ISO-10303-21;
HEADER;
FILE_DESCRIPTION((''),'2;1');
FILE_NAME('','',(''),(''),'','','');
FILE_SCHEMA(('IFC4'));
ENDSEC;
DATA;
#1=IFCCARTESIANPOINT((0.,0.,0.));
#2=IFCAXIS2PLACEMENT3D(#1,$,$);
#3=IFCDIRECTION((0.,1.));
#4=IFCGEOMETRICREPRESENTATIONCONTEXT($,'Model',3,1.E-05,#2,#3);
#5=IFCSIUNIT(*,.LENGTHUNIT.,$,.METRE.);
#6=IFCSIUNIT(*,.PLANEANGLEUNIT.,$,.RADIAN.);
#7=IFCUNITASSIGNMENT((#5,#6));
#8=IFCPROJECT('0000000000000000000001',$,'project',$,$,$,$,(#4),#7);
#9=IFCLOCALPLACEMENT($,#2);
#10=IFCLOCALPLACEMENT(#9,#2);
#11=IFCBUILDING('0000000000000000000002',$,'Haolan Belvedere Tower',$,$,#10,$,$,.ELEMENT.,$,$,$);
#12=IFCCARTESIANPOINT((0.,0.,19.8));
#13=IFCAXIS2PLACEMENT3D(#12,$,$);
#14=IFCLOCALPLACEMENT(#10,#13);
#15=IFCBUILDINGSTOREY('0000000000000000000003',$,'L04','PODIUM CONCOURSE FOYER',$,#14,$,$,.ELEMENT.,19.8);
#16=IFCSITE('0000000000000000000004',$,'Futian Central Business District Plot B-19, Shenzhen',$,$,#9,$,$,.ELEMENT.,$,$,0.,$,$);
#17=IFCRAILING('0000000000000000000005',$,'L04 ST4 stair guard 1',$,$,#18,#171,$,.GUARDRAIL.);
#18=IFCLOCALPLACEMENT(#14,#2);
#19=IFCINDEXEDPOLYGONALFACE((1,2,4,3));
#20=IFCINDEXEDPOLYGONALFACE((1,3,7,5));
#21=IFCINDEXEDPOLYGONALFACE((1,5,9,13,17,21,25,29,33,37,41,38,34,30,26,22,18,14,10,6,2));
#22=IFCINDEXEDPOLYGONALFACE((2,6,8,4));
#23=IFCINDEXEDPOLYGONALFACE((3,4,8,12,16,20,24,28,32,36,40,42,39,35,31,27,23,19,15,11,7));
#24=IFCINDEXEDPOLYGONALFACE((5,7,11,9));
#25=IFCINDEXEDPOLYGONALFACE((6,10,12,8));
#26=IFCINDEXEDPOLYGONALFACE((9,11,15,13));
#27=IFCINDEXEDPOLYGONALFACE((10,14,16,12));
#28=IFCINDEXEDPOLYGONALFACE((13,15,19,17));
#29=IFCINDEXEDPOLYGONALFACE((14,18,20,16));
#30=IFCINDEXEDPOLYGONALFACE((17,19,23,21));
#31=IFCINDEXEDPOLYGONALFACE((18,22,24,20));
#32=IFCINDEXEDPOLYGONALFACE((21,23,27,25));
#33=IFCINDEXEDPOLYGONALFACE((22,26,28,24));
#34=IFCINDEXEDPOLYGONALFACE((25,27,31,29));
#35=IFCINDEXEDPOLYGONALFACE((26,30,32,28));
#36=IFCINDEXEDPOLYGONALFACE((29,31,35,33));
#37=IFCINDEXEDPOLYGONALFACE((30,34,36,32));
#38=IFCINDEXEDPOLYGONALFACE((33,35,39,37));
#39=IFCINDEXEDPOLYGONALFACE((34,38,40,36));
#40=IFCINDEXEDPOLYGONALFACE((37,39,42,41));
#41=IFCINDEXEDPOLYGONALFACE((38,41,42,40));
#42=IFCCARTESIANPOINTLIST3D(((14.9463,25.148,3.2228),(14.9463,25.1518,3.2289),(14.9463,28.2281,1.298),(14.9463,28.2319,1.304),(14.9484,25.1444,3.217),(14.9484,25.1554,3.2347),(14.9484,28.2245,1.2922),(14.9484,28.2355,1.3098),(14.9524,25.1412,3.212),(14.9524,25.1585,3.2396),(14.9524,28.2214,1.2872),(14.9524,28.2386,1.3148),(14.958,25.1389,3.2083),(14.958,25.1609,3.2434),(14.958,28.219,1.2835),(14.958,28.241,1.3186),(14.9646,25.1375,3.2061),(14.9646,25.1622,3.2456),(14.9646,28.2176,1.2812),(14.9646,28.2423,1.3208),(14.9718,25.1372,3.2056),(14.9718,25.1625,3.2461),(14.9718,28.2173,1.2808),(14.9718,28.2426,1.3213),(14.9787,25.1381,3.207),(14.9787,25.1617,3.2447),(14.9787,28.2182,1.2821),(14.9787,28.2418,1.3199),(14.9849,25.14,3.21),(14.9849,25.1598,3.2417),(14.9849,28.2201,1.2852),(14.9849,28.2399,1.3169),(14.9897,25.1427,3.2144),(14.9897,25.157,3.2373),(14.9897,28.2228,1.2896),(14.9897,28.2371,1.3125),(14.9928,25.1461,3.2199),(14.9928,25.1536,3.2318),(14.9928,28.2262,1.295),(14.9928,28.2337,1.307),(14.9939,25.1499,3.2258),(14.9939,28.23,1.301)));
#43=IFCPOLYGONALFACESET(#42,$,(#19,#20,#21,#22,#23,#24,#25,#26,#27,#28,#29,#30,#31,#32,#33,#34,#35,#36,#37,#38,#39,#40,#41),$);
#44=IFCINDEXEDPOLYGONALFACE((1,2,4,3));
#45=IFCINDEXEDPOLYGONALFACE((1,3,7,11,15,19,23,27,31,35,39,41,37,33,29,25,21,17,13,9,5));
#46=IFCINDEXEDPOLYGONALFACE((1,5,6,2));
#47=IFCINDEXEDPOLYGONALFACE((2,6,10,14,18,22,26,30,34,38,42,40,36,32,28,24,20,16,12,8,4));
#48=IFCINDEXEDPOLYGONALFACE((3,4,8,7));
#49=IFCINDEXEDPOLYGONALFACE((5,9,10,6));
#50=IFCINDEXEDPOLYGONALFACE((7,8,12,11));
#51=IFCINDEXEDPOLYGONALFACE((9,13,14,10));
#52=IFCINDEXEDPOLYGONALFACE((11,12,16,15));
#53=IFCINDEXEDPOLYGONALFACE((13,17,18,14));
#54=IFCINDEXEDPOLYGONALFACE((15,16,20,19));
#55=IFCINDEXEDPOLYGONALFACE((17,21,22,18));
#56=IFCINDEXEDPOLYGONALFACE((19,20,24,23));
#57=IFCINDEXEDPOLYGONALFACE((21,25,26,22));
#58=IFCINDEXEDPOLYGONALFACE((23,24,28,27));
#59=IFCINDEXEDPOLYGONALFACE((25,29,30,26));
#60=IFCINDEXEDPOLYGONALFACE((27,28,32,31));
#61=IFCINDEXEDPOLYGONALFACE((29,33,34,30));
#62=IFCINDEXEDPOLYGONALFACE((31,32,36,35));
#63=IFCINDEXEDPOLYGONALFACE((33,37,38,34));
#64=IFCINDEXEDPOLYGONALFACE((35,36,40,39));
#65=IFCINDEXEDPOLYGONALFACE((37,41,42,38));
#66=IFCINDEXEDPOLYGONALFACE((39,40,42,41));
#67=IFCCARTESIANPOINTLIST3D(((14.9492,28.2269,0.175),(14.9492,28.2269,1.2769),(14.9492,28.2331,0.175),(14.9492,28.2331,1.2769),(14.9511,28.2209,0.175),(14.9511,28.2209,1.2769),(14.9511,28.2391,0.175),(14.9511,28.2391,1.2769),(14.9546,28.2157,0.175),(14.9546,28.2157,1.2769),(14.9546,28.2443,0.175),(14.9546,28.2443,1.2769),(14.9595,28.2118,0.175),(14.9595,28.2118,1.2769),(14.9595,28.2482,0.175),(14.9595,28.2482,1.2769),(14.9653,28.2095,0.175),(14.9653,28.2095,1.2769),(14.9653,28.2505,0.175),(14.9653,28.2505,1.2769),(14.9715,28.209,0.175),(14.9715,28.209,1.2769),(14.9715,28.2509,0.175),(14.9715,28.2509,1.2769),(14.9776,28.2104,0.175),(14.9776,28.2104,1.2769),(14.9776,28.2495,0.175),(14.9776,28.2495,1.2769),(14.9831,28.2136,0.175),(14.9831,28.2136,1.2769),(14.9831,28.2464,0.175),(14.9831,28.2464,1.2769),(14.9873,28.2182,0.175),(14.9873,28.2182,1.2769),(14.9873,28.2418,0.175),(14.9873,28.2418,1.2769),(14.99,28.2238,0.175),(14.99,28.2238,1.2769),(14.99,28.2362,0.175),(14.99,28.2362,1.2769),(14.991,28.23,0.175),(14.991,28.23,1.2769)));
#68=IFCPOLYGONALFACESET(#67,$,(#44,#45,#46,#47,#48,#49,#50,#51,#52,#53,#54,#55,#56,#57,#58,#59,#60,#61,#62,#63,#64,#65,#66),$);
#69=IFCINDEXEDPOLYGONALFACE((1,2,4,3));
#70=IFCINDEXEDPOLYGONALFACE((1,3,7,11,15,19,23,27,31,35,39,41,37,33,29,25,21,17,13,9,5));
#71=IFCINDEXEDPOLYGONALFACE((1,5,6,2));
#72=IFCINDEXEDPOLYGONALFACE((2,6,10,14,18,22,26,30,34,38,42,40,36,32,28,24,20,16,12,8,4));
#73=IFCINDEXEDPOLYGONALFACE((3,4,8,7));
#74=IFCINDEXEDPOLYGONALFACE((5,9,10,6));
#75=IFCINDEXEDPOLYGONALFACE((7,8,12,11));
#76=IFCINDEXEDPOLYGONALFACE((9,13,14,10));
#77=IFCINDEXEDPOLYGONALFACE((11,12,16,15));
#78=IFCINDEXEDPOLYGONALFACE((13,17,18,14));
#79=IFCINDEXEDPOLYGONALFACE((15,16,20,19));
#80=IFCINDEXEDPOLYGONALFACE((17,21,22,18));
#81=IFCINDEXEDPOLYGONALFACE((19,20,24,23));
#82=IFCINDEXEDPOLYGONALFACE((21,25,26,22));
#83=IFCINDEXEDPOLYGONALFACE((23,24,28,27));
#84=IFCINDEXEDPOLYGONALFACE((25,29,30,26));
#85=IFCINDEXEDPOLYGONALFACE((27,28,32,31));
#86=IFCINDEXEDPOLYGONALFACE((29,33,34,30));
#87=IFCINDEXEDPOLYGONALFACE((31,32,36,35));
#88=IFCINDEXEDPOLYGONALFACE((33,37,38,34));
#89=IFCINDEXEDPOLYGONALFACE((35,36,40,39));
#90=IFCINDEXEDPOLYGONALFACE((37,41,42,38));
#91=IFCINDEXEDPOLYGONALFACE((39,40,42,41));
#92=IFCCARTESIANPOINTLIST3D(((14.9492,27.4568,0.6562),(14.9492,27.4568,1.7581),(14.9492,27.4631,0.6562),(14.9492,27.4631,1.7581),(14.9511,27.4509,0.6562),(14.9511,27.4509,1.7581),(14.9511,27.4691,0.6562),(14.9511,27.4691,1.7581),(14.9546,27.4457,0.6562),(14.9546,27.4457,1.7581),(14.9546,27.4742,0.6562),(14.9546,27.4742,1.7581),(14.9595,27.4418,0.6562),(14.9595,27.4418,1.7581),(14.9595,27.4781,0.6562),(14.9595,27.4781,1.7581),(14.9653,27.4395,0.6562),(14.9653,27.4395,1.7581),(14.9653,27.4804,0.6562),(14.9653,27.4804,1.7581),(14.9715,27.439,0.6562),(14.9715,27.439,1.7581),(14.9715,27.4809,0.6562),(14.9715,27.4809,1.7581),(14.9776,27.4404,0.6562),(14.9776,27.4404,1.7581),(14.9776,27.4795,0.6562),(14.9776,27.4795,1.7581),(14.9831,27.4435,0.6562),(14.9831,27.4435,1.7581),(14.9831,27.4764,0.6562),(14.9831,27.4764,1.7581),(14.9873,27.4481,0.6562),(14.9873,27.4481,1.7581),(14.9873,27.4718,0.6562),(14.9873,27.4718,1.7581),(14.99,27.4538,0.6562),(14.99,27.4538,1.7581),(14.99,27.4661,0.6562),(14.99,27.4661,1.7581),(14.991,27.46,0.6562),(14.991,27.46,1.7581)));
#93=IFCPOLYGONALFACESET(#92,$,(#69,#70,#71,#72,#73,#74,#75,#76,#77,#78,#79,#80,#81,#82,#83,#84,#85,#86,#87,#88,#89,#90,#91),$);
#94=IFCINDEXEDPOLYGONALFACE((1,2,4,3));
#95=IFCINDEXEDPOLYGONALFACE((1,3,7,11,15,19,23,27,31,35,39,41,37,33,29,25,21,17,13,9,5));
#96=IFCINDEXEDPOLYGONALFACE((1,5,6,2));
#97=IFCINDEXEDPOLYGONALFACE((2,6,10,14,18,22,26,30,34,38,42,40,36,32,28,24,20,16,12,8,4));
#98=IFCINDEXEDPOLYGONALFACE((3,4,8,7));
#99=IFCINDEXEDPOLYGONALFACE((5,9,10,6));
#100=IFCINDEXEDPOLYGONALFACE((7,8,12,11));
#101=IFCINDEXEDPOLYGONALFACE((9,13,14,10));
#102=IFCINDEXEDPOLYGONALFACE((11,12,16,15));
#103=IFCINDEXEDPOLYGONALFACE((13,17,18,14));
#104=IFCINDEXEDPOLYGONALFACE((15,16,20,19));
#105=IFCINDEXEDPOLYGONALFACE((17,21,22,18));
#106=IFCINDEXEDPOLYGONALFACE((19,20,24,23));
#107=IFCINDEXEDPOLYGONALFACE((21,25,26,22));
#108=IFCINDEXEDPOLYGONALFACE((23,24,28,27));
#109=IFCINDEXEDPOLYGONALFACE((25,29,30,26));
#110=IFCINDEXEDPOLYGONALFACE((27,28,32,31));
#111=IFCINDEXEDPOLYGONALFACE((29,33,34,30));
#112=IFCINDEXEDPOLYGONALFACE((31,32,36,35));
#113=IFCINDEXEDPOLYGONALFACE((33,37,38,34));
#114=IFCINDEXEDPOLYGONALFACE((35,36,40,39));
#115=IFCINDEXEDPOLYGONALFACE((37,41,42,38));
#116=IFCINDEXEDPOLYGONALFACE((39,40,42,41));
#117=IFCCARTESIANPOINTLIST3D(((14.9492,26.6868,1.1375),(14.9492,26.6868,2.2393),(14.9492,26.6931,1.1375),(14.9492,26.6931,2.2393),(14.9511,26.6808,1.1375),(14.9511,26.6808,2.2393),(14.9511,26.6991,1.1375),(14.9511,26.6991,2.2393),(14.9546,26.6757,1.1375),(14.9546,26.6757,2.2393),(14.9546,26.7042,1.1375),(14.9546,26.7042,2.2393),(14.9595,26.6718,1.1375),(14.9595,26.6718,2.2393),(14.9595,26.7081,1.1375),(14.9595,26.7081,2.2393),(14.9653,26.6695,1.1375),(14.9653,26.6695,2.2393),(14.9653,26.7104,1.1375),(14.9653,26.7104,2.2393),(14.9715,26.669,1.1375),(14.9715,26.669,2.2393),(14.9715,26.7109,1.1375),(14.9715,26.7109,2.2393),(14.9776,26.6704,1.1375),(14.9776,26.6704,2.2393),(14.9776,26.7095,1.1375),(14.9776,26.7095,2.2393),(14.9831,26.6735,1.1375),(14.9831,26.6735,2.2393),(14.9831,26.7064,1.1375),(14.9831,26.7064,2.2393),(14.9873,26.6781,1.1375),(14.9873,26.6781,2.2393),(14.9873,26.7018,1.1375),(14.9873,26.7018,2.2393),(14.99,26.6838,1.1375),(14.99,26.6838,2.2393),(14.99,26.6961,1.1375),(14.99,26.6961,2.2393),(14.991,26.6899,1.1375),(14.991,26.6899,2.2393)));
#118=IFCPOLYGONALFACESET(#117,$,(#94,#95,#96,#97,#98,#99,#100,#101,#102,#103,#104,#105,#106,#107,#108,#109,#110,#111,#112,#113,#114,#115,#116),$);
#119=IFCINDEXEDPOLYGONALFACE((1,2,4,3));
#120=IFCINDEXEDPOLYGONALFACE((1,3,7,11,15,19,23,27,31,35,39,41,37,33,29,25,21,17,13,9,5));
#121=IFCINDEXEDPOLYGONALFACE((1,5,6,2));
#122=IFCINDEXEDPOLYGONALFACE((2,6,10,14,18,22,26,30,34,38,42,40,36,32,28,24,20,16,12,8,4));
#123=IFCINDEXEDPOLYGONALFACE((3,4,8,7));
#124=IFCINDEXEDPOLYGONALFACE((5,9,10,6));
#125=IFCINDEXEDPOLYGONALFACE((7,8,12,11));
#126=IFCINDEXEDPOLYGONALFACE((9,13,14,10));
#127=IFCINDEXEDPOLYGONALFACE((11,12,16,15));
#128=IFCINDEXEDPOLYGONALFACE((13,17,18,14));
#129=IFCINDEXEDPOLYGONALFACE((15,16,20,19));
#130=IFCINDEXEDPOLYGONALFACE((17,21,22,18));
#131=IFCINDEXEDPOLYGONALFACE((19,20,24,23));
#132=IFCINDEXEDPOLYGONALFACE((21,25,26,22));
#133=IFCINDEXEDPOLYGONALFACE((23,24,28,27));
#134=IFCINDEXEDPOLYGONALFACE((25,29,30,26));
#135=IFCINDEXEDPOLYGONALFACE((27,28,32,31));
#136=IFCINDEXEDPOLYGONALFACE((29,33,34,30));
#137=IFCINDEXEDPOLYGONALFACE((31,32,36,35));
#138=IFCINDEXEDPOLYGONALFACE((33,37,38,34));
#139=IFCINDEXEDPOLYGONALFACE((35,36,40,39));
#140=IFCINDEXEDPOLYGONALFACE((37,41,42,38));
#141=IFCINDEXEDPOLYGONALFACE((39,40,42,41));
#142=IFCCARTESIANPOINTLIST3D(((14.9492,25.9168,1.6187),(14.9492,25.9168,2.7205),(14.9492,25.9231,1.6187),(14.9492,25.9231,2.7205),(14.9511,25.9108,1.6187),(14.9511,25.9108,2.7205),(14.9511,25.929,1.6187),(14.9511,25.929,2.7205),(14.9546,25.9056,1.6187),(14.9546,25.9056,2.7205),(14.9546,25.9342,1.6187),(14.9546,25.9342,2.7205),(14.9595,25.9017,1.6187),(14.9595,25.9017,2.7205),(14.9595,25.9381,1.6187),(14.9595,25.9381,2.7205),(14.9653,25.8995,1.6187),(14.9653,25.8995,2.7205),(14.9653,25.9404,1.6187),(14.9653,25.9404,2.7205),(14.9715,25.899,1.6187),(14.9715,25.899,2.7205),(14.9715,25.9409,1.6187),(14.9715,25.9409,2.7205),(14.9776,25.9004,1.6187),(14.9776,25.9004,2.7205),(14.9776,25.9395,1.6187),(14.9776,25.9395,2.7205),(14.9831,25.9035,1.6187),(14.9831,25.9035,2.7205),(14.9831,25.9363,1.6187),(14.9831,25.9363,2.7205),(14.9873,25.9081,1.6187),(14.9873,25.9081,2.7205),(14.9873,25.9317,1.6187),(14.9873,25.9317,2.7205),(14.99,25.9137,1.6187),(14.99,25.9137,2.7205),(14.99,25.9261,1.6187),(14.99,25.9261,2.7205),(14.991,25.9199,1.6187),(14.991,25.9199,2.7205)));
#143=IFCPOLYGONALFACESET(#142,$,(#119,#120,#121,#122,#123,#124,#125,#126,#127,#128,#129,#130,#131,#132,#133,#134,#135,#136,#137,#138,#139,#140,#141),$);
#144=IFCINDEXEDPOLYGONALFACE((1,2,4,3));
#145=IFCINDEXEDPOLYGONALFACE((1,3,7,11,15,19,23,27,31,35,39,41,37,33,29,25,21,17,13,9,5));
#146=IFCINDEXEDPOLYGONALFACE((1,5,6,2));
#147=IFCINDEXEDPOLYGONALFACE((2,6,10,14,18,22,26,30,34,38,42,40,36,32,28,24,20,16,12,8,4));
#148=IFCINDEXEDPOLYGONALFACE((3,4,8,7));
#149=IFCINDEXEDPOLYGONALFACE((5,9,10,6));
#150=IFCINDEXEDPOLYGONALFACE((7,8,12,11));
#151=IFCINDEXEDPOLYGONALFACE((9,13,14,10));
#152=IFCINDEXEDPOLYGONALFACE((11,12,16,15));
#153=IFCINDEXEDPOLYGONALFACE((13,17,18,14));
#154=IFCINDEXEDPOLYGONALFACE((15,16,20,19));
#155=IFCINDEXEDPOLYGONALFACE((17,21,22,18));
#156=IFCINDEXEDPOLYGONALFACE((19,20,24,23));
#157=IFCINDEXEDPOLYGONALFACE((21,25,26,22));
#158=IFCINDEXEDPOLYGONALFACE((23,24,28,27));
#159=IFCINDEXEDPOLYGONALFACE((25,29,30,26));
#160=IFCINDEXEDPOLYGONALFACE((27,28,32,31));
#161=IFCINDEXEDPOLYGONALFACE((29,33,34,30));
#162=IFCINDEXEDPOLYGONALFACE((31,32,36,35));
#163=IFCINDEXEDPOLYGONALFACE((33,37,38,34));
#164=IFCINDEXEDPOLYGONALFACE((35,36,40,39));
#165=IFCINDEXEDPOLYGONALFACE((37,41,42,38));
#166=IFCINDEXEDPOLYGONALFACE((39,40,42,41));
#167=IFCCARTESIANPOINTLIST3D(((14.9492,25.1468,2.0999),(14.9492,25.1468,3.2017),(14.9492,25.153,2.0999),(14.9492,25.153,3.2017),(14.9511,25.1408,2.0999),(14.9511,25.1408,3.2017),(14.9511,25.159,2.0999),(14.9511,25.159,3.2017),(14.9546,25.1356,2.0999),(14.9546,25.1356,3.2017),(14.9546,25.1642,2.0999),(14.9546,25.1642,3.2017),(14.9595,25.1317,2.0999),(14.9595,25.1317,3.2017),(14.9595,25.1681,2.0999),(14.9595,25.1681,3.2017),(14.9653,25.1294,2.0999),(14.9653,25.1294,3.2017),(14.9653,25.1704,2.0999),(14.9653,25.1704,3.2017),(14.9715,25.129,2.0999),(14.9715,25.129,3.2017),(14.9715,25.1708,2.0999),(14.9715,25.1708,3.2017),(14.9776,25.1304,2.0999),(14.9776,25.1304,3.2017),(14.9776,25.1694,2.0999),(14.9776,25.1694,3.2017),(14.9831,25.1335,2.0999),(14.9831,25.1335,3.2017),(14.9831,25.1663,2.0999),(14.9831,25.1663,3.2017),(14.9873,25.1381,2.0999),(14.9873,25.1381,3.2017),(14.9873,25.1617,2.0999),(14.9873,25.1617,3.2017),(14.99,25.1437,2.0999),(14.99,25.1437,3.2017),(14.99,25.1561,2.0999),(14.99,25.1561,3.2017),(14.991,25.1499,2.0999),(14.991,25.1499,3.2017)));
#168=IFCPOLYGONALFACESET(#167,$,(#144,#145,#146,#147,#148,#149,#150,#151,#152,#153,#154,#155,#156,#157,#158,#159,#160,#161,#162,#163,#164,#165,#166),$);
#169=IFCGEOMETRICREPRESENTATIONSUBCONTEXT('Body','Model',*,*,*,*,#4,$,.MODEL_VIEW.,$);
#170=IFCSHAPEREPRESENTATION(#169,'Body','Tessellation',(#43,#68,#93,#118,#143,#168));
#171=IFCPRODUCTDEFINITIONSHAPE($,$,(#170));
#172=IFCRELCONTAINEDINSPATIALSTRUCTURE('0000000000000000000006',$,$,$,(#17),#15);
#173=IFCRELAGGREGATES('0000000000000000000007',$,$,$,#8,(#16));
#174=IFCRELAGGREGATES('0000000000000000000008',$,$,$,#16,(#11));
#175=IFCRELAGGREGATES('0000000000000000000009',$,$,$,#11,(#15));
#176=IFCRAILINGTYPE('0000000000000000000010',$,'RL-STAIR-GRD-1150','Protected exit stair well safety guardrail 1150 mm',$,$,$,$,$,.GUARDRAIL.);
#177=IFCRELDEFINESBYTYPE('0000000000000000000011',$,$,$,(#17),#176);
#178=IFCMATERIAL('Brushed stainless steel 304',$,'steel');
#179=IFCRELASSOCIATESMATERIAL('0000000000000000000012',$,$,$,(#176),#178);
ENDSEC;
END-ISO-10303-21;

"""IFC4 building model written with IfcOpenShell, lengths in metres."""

from ifc_helpers import new_model, si_unit, direction, frame, origin, origin_2d, place, context, subcontext, project, spatial, circle, extrude, material, type_object, element, save


model = new_model("IFC4")

# Units and contexts
model_context = context("Model", 3, precision=1e-05, world=origin(), true_north=direction((0.0, 1.0)))
body_context = subcontext(model_context, "Body", "Model", "MODEL_VIEW")
ifc_project = project(units=[si_unit("LENGTHUNIT", "METRE"), si_unit("PLANEANGLEUNIT", "RADIAN")], contexts=[model_context])

# Site, building, storey
site_placement = place(None, origin())
site = spatial("IfcSite", under=ifc_project, at=site_placement, Name="Futian Central Business District Plot B-19, Shenzhen", CompositionType="ELEMENT", RefElevation=0.0)
building_placement = place(site_placement, origin())
building = spatial("IfcBuilding", under=site, at=building_placement, Name="Haolan Belvedere Tower", CompositionType="ELEMENT")
storey_placement = place(building_placement, frame((0.0, 0.0, 19.8)))
storey = spatial("IfcBuildingStorey", under=building, at=storey_placement, Name="L04", Description="PODIUM CONCOURSE FOYER", CompositionType="ELEMENT", Elevation=19.8)

# Railing
ifc_material_1 = material(Name="Brushed stainless steel 304", Category="steel")
railing_type_1 = type_object("IfcRailingType", Name="RL-STAIR-GRD-1150", Description="Protected exit stair well safety guardrail 1150 mm", PredefinedType="GUARDRAIL", material=ifc_material_1)
railing_1_placement = place(storey_placement, frame((14.97, 28.23, 0.175)))
element("IfcRailing", 1, at=railing_1_placement, inside=storey, type_object=railing_type_1, Name="L04 ST4 stair guard 1", PredefinedType="GUARDRAIL", context=body_context, shape_type="SweptSolid", body=[
    extrude(circle(Radius=0.0239, at=origin_2d()), frame((0.0, 0.0, 1.126), z_axis=(0.0, -0.848029, 0.529951), x_axis=(1.0, 0.0, 0.0)), (0.0, 0.0, 1.0), 3.6321),
    extrude(circle(Radius=0.021, at=origin_2d()), origin(), (0.0, 0.0, 1.0), 1.1018),
    extrude(circle(Radius=0.021, at=origin_2d()), frame((0.0, -0.77, 0.4812)), (0.0, 0.0, 1.0), 1.1018),
    extrude(circle(Radius=0.021, at=origin_2d()), frame((0.0, -1.54, 0.9624)), (0.0, 0.0, 1.0), 1.1018),
    extrude(circle(Radius=0.021, at=origin_2d()), frame((0.0, -2.3101, 1.4436)), (0.0, 0.0, 1.0), 1.1018),
    extrude(circle(Radius=0.021, at=origin_2d()), frame((0.0, -3.0801, 1.9248)), (0.0, 0.0, 1.0), 1.1018),
])

save(model, "model.ifc")
